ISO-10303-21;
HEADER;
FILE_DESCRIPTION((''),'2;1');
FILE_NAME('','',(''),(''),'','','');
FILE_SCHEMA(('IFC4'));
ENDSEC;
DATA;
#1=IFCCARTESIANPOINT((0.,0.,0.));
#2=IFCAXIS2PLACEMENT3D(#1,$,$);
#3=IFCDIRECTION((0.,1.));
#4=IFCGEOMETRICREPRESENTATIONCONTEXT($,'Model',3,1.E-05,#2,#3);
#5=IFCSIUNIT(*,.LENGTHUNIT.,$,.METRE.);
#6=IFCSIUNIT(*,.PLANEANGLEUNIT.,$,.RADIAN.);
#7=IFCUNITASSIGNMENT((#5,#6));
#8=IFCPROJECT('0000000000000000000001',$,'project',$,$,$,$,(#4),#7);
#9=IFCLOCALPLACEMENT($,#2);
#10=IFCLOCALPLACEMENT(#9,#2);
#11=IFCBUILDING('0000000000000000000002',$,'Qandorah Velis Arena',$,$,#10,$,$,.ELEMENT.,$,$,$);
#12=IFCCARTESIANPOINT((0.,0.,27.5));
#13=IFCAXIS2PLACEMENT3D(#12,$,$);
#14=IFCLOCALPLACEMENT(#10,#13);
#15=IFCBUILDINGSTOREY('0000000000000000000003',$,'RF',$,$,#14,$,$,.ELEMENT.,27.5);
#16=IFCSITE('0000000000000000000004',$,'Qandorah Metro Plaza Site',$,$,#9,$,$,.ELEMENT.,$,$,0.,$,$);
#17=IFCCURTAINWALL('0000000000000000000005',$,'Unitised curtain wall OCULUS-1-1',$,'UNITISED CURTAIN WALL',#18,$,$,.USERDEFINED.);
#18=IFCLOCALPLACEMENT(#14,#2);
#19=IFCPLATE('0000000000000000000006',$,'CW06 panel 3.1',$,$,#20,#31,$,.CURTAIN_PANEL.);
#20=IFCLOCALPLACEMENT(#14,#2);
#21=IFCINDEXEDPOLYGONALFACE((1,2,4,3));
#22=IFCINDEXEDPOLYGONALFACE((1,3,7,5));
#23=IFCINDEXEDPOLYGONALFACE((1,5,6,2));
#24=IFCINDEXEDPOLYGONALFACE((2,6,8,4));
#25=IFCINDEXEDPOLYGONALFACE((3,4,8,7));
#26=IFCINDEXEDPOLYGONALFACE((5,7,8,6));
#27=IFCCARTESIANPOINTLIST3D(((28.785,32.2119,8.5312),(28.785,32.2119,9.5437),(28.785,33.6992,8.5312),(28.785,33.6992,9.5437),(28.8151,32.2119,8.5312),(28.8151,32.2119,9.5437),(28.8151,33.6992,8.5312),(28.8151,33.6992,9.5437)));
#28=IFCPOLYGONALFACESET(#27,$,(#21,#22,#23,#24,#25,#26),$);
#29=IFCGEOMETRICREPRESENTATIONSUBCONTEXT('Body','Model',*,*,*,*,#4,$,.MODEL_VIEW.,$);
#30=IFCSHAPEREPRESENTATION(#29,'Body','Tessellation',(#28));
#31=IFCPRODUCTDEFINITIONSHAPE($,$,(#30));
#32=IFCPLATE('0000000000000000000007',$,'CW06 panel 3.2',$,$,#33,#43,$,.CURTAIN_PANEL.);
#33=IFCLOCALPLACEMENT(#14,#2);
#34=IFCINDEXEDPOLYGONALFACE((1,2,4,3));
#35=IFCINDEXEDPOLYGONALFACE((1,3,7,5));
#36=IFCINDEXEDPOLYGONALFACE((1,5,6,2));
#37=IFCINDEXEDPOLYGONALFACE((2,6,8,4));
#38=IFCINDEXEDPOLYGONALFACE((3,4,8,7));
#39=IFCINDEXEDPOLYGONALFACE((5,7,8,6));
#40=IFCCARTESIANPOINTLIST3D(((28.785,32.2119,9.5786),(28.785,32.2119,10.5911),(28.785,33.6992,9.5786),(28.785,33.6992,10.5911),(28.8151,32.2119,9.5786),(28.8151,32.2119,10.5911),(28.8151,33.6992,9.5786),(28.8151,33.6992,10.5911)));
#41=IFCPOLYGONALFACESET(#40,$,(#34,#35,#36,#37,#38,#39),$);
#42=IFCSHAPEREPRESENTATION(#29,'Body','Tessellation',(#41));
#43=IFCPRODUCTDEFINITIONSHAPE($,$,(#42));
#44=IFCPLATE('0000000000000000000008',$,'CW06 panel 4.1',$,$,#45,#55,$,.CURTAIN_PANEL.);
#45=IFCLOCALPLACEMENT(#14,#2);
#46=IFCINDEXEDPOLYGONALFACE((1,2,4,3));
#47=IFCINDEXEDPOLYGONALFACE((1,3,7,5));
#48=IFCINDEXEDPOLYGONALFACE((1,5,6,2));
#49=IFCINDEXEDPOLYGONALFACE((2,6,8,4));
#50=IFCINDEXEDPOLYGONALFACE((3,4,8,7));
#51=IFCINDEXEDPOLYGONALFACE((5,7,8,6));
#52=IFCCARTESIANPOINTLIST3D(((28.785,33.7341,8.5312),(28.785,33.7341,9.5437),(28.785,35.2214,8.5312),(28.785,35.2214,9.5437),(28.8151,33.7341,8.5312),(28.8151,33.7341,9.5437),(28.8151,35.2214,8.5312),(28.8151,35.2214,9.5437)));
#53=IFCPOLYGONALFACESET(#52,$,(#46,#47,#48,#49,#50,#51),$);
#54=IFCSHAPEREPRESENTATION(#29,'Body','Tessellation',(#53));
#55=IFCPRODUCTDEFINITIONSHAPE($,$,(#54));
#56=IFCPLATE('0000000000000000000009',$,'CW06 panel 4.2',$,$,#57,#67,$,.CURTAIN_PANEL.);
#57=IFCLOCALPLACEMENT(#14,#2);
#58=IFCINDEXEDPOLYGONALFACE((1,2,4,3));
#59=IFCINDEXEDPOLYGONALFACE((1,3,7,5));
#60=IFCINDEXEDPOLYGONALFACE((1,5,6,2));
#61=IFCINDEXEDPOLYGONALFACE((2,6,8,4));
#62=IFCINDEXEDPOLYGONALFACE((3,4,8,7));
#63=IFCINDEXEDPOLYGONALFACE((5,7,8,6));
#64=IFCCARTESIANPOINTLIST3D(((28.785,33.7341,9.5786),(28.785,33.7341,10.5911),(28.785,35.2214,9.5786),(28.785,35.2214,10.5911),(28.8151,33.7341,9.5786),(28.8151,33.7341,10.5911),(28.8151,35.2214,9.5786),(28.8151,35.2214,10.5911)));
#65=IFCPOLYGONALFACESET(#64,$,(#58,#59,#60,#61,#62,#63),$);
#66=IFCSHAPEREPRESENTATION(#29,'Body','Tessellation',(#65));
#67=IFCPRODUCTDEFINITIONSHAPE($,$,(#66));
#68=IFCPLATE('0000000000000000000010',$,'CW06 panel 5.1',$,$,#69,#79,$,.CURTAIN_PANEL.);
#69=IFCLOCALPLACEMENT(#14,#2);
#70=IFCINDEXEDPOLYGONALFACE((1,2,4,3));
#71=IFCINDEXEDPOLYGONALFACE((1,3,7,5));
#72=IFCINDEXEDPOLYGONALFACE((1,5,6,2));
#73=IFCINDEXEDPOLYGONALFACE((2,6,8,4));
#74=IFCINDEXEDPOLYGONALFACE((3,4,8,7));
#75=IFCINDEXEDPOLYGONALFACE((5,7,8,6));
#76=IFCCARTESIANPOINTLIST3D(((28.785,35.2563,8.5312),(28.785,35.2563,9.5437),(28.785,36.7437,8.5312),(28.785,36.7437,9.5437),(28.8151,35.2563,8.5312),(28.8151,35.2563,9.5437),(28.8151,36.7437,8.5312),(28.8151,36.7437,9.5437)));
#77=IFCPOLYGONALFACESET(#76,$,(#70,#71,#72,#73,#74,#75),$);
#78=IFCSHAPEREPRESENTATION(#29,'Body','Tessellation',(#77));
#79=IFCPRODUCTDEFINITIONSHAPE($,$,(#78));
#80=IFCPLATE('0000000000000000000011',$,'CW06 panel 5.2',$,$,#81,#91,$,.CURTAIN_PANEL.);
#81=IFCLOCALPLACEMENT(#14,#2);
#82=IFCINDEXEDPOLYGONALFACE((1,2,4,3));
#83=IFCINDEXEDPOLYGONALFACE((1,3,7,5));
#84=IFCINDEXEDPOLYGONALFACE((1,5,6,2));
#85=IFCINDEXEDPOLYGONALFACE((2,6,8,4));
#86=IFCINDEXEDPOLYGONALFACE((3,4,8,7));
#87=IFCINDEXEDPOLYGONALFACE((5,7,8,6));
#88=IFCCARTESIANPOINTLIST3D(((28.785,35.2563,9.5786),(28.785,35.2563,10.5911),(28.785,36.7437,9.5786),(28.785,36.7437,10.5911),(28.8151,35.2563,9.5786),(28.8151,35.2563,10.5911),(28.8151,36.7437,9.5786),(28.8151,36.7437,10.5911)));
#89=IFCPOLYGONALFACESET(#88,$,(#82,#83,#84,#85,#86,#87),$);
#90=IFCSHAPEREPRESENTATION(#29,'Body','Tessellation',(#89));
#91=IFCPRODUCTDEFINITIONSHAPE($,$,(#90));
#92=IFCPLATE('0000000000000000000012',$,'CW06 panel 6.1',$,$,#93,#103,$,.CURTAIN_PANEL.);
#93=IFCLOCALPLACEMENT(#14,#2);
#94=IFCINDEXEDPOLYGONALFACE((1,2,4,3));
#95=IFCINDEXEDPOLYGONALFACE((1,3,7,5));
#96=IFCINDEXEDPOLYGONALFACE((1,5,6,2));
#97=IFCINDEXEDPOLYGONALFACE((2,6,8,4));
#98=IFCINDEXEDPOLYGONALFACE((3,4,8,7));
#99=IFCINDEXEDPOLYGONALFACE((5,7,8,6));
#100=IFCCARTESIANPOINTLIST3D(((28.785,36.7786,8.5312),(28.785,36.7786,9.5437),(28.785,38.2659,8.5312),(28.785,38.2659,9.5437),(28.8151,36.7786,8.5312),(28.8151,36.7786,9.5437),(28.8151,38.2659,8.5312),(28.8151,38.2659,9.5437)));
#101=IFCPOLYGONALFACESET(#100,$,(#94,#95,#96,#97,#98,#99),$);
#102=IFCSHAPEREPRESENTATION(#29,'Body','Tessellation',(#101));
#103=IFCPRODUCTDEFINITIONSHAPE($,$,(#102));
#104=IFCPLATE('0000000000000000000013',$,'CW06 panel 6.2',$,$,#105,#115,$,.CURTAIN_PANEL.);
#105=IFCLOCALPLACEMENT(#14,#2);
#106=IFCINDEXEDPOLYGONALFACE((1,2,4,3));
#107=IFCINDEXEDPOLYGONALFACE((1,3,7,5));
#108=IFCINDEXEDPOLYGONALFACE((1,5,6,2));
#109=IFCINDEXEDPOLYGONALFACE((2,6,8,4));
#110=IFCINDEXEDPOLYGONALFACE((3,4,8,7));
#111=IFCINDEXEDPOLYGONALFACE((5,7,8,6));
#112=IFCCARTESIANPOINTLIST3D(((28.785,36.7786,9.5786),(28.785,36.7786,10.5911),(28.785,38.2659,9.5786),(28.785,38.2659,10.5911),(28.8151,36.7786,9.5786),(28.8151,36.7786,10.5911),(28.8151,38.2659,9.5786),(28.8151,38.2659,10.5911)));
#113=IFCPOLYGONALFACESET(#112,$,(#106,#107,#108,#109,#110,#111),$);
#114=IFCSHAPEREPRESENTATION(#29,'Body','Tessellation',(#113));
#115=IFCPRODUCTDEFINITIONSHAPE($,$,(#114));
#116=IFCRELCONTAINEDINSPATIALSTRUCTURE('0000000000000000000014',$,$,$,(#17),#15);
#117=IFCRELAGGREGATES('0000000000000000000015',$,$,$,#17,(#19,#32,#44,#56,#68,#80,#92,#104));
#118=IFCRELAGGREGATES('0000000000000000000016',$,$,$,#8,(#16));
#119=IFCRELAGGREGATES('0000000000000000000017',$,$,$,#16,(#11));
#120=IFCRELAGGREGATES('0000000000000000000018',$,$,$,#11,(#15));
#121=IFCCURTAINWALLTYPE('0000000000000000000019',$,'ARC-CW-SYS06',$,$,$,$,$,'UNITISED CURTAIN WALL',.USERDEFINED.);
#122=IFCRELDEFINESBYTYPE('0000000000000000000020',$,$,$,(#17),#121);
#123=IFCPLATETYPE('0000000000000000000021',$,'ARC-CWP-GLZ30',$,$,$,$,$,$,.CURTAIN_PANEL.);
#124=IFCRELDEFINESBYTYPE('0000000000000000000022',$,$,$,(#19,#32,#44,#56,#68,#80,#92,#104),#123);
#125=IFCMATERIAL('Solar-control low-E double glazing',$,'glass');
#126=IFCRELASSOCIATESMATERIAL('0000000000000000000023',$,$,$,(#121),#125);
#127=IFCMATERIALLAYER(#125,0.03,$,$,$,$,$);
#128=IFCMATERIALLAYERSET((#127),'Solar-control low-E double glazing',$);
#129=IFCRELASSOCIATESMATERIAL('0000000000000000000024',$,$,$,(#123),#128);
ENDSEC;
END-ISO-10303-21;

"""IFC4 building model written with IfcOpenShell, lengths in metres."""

from ifc_helpers import new_model, si_unit, direction, frame, origin, origin_2d, place, context, subcontext, project, spatial, rectangle, extrude, material, layer, layer_set, type_object, element, aggregate, save


model = new_model("IFC4")

# Units and contexts
model_context = context("Model", 3, precision=1e-05, world=origin(), true_north=direction((0.0, 1.0)))
body_context = subcontext(model_context, "Body", "Model", "MODEL_VIEW")
ifc_project = project(units=[si_unit("LENGTHUNIT", "METRE"), si_unit("PLANEANGLEUNIT", "RADIAN")], contexts=[model_context])

# Site, building, storey
site_placement = place(None, origin())
site = spatial("IfcSite", under=ifc_project, at=site_placement, Name="Qandorah Metro Plaza Site", CompositionType="ELEMENT", RefElevation=0.0)
building_placement = place(site_placement, origin())
building = spatial("IfcBuilding", under=site, at=building_placement, Name="Qandorah Velis Arena", CompositionType="ELEMENT")
storey_placement = place(building_placement, frame((0.0, 0.0, 27.5)))
storey = spatial("IfcBuildingStorey", under=building, at=storey_placement, Name="RF", CompositionType="ELEMENT", Elevation=27.5)

# Curtain wall
ifc_material_1 = material(Name="Solar-control low-E double glazing", Category="glass")
curtain_wall_type = type_object("IfcCurtainWallType", Name="ARC-CW-SYS06", ElementType="UNITISED CURTAIN WALL", PredefinedType="USERDEFINED", material=ifc_material_1)
curtain_wall_placement = place(storey_placement, origin())
curtain_wall = element("IfcCurtainWall", 1, at=curtain_wall_placement, inside=storey, type_object=curtain_wall_type, Name="Unitised curtain wall OCULUS-1-1", ObjectType="UNITISED CURTAIN WALL", PredefinedType="USERDEFINED")

# Plates
ifc_layer = layer(ifc_material_1, 0.03)
ifc_layer_set = layer_set([ifc_layer], Name="Solar-control low-E double glazing")
plate_type = type_object("IfcPlateType", Name="ARC-CWP-GLZ30", PredefinedType="CURTAIN_PANEL", material=ifc_layer_set)
plate_1_placement = place(storey_placement, frame((28.8, 32.9556, 8.5312), z_axis=(0.0, 0.0, 1.0), x_axis=(0.0, 1.0, 0.0)))
plate_1 = element("IfcPlate", 2, at=plate_1_placement, type_object=plate_type, Name="CW06 panel 3.1", PredefinedType="CURTAIN_PANEL", context=body_context, shape_type="SweptSolid", body=[
    extrude(rectangle(XDim=1.4873, YDim=0.03, at=origin_2d()), origin(), (0.0, 0.0, 1.0), 1.0125),
])
plate_2_placement = place(storey_placement, frame((28.8, 32.9556, 9.5786), z_axis=(0.0, 0.0, 1.0), x_axis=(0.0, 1.0, 0.0)))
plate_2 = element("IfcPlate", 3, at=plate_2_placement, type_object=plate_type, Name="CW06 panel 3.2", PredefinedType="CURTAIN_PANEL", context=body_context, shape_type="SweptSolid", body=[
    extrude(rectangle(XDim=1.4873, YDim=0.03, at=origin_2d()), origin(), (0.0, 0.0, 1.0), 1.0125),
])
plate_3_placement = place(storey_placement, frame((28.8, 34.4778, 8.5312), z_axis=(0.0, 0.0, 1.0), x_axis=(0.0, 1.0, 0.0)))
plate_3 = element("IfcPlate", 4, at=plate_3_placement, type_object=plate_type, Name="CW06 panel 4.1", PredefinedType="CURTAIN_PANEL", context=body_context, shape_type="SweptSolid", body=[
    extrude(rectangle(XDim=1.4873, YDim=0.03, at=origin_2d()), origin(), (0.0, 0.0, 1.0), 1.0125),
])
plate_4_placement = place(storey_placement, frame((28.8, 34.4778, 9.5786), z_axis=(0.0, 0.0, 1.0), x_axis=(0.0, 1.0, 0.0)))
plate_4 = element("IfcPlate", 5, at=plate_4_placement, type_object=plate_type, Name="CW06 panel 4.2", PredefinedType="CURTAIN_PANEL", context=body_context, shape_type="SweptSolid", body=[
    extrude(rectangle(XDim=1.4873, YDim=0.03, at=origin_2d()), origin(), (0.0, 0.0, 1.0), 1.0125),
])
plate_5_placement = place(storey_placement, frame((28.8, 36.0, 8.5312), z_axis=(0.0, 0.0, 1.0), x_axis=(0.0, 1.0, 0.0)))
plate_5 = element("IfcPlate", 6, at=plate_5_placement, type_object=plate_type, Name="CW06 panel 5.1", PredefinedType="CURTAIN_PANEL", context=body_context, shape_type="SweptSolid", body=[
    extrude(rectangle(XDim=1.4873, YDim=0.03, at=origin_2d()), origin(), (0.0, 0.0, 1.0), 1.0125),
])
plate_6_placement = place(storey_placement, frame((28.8, 36.0, 9.5786), z_axis=(0.0, 0.0, 1.0), x_axis=(0.0, 1.0, 0.0)))
plate_6 = element("IfcPlate", 7, at=plate_6_placement, type_object=plate_type, Name="CW06 panel 5.2", PredefinedType="CURTAIN_PANEL", context=body_context, shape_type="SweptSolid", body=[
    extrude(rectangle(XDim=1.4873, YDim=0.03, at=origin_2d()), origin(), (0.0, 0.0, 1.0), 1.0125),
])
plate_7_placement = place(storey_placement, frame((28.8, 37.5222, 8.5312), z_axis=(0.0, 0.0, 1.0), x_axis=(0.0, 1.0, 0.0)))
plate_7 = element("IfcPlate", 8, at=plate_7_placement, type_object=plate_type, Name="CW06 panel 6.1", PredefinedType="CURTAIN_PANEL", context=body_context, shape_type="SweptSolid", body=[
    extrude(rectangle(XDim=1.4873, YDim=0.03, at=origin_2d()), origin(), (0.0, 0.0, 1.0), 1.0125),
])
plate_8_placement = place(storey_placement, frame((28.8, 37.5222, 9.5786), z_axis=(0.0, 0.0, 1.0), x_axis=(0.0, 1.0, 0.0)))
plate_8 = element("IfcPlate", 9, at=plate_8_placement, type_object=plate_type, Name="CW06 panel 6.2", PredefinedType="CURTAIN_PANEL", context=body_context, shape_type="SweptSolid", body=[
    extrude(rectangle(XDim=1.4873, YDim=0.03, at=origin_2d()), origin(), (0.0, 0.0, 1.0), 1.0125),
])
aggregate(curtain_wall, [plate_1, plate_2, plate_3, plate_4, plate_5, plate_6, plate_7, plate_8])

save(model, "model.ifc")
